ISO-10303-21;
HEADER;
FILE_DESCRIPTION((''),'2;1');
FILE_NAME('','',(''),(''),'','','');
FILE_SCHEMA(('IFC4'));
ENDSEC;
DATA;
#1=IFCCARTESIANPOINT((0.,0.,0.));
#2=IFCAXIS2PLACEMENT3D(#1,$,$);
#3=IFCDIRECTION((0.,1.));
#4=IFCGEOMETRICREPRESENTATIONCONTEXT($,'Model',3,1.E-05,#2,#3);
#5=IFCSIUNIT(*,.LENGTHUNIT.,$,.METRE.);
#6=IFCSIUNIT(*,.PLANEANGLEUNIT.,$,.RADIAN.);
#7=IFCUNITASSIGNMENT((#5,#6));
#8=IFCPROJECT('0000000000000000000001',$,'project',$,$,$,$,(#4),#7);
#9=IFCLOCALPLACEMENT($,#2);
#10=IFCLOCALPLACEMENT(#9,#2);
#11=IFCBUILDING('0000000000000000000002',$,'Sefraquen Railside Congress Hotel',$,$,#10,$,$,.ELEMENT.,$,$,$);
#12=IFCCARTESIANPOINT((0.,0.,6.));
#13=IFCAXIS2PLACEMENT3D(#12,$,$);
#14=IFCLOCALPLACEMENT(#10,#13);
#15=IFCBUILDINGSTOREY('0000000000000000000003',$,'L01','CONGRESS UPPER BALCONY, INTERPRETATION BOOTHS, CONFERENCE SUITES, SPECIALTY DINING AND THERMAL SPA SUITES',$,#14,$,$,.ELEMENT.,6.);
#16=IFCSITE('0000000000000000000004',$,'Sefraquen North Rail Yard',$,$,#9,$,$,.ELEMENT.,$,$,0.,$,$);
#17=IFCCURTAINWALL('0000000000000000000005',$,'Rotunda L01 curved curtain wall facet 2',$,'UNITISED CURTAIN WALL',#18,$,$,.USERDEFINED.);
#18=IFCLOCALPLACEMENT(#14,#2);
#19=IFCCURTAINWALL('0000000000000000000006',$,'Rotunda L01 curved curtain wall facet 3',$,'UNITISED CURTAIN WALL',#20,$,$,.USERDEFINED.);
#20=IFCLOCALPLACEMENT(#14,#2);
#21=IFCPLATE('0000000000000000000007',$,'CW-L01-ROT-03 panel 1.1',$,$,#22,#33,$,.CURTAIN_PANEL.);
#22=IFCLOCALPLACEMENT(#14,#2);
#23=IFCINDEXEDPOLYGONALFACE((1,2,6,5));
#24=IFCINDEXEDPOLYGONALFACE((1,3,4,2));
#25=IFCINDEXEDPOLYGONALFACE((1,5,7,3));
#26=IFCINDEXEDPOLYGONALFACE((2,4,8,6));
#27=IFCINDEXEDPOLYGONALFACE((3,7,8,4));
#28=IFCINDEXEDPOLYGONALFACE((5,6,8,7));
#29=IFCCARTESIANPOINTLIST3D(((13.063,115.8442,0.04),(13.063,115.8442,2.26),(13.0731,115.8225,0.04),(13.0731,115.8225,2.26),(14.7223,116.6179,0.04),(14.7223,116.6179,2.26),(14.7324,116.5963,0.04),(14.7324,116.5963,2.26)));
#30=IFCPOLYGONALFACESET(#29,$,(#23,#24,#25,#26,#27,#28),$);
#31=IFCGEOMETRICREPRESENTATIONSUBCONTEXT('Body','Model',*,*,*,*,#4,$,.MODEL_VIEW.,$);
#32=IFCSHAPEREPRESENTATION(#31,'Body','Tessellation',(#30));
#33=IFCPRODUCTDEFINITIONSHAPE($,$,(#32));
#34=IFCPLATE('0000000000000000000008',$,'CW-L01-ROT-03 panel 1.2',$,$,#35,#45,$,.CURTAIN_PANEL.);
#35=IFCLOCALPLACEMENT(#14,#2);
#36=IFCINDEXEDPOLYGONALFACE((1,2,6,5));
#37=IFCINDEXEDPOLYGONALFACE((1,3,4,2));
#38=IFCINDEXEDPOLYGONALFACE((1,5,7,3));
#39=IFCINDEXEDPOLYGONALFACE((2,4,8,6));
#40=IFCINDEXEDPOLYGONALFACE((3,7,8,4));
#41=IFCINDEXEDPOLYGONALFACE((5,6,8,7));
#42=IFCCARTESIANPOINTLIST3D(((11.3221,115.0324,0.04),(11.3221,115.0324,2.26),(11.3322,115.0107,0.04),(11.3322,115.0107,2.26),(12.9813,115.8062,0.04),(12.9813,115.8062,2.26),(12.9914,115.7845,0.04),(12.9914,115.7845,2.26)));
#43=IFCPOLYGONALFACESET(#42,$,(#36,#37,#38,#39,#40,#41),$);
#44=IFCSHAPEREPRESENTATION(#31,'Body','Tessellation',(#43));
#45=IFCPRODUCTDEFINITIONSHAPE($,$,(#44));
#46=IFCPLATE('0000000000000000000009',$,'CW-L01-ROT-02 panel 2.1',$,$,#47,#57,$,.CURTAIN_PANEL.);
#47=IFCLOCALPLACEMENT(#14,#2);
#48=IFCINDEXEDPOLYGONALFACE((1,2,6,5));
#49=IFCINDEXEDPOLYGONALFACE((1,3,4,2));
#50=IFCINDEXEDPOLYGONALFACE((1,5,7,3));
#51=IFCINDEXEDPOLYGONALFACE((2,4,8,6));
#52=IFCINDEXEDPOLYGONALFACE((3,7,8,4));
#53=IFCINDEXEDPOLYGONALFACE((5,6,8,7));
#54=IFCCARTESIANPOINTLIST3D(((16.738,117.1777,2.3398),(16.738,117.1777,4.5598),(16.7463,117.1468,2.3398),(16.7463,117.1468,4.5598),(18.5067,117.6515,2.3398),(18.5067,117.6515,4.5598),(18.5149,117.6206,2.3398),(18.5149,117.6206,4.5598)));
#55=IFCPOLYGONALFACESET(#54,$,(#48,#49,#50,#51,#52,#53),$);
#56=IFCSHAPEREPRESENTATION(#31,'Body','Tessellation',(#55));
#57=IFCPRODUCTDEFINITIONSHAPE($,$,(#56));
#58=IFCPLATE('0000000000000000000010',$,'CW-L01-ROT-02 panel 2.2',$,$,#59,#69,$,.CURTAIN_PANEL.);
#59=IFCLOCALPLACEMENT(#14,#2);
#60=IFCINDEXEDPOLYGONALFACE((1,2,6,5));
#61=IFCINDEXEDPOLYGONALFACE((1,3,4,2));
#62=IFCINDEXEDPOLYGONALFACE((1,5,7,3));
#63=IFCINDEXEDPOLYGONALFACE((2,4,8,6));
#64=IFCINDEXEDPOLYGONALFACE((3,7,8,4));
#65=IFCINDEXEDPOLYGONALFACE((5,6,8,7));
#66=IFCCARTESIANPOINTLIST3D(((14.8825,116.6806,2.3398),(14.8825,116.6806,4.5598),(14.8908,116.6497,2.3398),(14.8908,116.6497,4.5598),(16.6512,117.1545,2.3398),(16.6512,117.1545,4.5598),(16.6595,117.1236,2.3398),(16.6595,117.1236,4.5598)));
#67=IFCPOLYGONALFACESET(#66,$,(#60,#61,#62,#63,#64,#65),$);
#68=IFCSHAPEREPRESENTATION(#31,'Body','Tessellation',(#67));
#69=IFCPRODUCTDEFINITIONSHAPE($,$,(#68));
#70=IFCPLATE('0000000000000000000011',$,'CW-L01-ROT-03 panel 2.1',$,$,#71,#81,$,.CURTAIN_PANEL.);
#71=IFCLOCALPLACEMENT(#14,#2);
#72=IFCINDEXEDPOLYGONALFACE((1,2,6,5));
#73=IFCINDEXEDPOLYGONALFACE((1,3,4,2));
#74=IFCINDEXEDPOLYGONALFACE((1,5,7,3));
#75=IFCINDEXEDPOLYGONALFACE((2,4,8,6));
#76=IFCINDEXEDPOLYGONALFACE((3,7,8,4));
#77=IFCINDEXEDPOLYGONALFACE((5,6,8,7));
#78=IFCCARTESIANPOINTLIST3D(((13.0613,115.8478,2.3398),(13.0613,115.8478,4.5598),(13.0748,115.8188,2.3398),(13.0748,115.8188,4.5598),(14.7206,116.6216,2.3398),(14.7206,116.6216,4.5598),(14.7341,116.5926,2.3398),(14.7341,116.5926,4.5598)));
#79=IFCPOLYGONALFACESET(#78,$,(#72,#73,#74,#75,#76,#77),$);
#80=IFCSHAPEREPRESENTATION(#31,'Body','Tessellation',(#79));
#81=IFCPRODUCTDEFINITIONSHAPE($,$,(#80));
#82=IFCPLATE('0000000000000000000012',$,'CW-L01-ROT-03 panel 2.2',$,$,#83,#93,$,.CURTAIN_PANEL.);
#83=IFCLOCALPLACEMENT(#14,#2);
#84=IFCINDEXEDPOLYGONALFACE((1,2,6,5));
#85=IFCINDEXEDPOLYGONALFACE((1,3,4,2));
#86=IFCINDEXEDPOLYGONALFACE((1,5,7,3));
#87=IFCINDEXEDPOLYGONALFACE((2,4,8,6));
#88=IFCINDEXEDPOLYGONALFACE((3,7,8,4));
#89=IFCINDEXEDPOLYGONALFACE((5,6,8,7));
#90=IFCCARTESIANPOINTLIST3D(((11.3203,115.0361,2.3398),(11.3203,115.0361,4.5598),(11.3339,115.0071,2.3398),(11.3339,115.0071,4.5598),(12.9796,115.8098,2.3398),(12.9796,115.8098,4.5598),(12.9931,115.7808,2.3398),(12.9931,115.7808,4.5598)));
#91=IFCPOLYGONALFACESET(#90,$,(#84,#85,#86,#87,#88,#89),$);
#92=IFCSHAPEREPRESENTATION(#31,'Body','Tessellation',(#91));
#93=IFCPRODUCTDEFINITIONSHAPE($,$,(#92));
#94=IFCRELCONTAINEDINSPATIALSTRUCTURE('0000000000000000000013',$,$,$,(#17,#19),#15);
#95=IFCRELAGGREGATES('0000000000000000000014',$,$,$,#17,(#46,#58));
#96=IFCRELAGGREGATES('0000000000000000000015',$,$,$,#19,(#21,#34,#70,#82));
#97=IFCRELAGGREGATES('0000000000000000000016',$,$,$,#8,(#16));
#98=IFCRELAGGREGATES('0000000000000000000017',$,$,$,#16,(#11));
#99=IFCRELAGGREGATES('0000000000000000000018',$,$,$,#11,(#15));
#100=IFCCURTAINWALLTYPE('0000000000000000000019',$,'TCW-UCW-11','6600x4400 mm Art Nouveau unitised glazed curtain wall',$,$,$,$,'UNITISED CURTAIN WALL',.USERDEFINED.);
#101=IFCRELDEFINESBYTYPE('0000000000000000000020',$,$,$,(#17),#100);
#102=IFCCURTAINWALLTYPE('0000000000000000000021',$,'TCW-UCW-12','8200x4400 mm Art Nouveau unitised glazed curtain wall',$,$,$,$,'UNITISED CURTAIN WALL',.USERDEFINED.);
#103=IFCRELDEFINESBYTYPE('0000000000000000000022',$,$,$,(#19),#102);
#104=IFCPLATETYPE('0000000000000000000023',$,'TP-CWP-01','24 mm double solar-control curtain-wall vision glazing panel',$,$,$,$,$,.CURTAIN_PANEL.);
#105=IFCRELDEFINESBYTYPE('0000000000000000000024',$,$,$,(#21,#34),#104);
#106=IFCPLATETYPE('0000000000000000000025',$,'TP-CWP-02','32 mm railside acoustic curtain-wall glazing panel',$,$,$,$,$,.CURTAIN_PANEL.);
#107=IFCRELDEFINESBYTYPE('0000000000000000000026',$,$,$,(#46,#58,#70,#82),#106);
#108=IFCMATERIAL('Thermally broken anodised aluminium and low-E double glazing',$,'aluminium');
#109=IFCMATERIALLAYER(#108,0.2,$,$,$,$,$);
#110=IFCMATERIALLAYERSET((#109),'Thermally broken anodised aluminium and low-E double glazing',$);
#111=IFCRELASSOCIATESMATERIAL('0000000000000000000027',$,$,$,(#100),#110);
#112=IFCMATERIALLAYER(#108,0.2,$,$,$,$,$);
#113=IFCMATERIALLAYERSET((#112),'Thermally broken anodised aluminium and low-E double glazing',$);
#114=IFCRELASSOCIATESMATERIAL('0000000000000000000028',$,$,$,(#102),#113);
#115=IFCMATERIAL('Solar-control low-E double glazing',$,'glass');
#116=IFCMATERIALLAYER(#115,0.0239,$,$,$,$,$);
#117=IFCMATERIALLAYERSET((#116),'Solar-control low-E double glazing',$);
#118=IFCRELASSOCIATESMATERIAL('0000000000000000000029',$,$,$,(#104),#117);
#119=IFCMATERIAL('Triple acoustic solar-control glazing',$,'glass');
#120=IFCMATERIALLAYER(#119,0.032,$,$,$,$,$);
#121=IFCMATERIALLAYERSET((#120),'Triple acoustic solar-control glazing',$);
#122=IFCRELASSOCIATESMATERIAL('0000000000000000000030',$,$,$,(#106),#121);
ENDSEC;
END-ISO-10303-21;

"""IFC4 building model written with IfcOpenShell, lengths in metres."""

from ifc_helpers import new_model, si_unit, direction, frame, origin, origin_2d, place, context, subcontext, project, spatial, rectangle, extrude, material, layer, layer_set, type_object, element, aggregate, save


model = new_model("IFC4")

# Units and contexts
model_context = context("Model", 3, precision=1e-05, world=origin(), true_north=direction((0.0, 1.0)))
body_context = subcontext(model_context, "Body", "Model", "MODEL_VIEW")
ifc_project = project(units=[si_unit("LENGTHUNIT", "METRE"), si_unit("PLANEANGLEUNIT", "RADIAN")], contexts=[model_context])

# Site, building, storey
site_placement = place(None, origin())
site = spatial("IfcSite", under=ifc_project, at=site_placement, Name="Sefraquen North Rail Yard", CompositionType="ELEMENT", RefElevation=0.0)
building_placement = place(site_placement, origin())
building = spatial("IfcBuilding", under=site, at=building_placement, Name="Sefraquen Railside Congress Hotel", CompositionType="ELEMENT")
storey_placement = place(building_placement, frame((0.0, 0.0, 6.0)))
storey = spatial("IfcBuildingStorey", under=building, at=storey_placement, Name="L01", Description="CONGRESS UPPER BALCONY, INTERPRETATION BOOTHS, CONFERENCE SUITES, SPECIALTY DINING AND THERMAL SPA SUITES", CompositionType="ELEMENT", Elevation=6.0)

# Curtain walls
ifc_material_1 = material(Name="Thermally broken anodised aluminium and low-E double glazing", Category="aluminium")
ifc_layer_1 = layer(ifc_material_1, 0.2)
ifc_layer_set_1 = layer_set([ifc_layer_1], Name="Thermally broken anodised aluminium and low-E double glazing")
curtain_wall_type_1 = type_object("IfcCurtainWallType", Name="TCW-UCW-11", Description="6600x4400 mm Art Nouveau unitised glazed curtain wall", ElementType="UNITISED CURTAIN WALL", PredefinedType="USERDEFINED", material=ifc_layer_set_1)
curtain_wall_1_placement = place(storey_placement, origin())
curtain_wall_1 = element("IfcCurtainWall", 1, at=curtain_wall_1_placement, inside=storey, type_object=curtain_wall_type_1, Name="Rotunda L01 curved curtain wall facet 2", ObjectType="UNITISED CURTAIN WALL", PredefinedType="USERDEFINED")
ifc_layer_2 = layer(ifc_material_1, 0.2)
ifc_layer_set_2 = layer_set([ifc_layer_2], Name="Thermally broken anodised aluminium and low-E double glazing")
curtain_wall_type_2 = type_object("IfcCurtainWallType", Name="TCW-UCW-12", Description="8200x4400 mm Art Nouveau unitised glazed curtain wall", ElementType="UNITISED CURTAIN WALL", PredefinedType="USERDEFINED", material=ifc_layer_set_2)
curtain_wall_2_placement = place(storey_placement, origin())
curtain_wall_2 = element("IfcCurtainWall", 2, at=curtain_wall_2_placement, inside=storey, type_object=curtain_wall_type_2, Name="Rotunda L01 curved curtain wall facet 3", ObjectType="UNITISED CURTAIN WALL", PredefinedType="USERDEFINED")

# Plates
ifc_material_2 = material(Name="Solar-control low-E double glazing", Category="glass")
ifc_layer_3 = layer(ifc_material_2, 0.0239)
ifc_layer_set_3 = layer_set([ifc_layer_3], Name="Solar-control low-E double glazing")
plate_type_1 = type_object("IfcPlateType", Name="TP-CWP-01", Description="24 mm double solar-control curtain-wall vision glazing panel", PredefinedType="CURTAIN_PANEL", material=ifc_layer_set_3)
plate_1_placement = place(storey_placement, frame((13.8977, 116.2202, 0.04), z_axis=(0.0, 0.0, 1.0), x_axis=(-0.9063, -0.422634, 0.0)))
plate_1 = element("IfcPlate", 3, at=plate_1_placement, type_object=plate_type_1, Name="CW-L01-ROT-03 panel 1.1", PredefinedType="CURTAIN_PANEL", context=body_context, shape_type="SweptSolid", body=[
    extrude(rectangle(XDim=1.8308, YDim=0.0239, at=origin_2d()), origin(), (0.0, 0.0, 1.0), 2.22),
])
plate_2_placement = place(storey_placement, frame((12.1567, 115.4084, 0.04), z_axis=(0.0, 0.0, 1.0), x_axis=(-0.9063, -0.422634, 0.0)))
plate_2 = element("IfcPlate", 4, at=plate_2_placement, type_object=plate_type_1, Name="CW-L01-ROT-03 panel 1.2", PredefinedType="CURTAIN_PANEL", context=body_context, shape_type="SweptSolid", body=[
    extrude(rectangle(XDim=1.8308, YDim=0.0239, at=origin_2d()), origin(), (0.0, 0.0, 1.0), 2.22),
])
ifc_material_3 = material(Name="Triple acoustic solar-control glazing", Category="glass")
ifc_layer_4 = layer(ifc_material_3, 0.032)
ifc_layer_set_4 = layer_set([ifc_layer_4], Name="Triple acoustic solar-control glazing")
plate_type_2 = type_object("IfcPlateType", Name="TP-CWP-02", Description="32 mm railside acoustic curtain-wall glazing panel", PredefinedType="CURTAIN_PANEL", material=ifc_layer_set_4)
plate_3_placement = place(storey_placement, frame((17.6265, 117.3992, 2.3398), z_axis=(0.0, 0.0, 1.0), x_axis=(-0.965935, -0.258785, 0.0)))
plate_3 = element("IfcPlate", 5, at=plate_3_placement, type_object=plate_type_2, Name="CW-L01-ROT-02 panel 2.1", PredefinedType="CURTAIN_PANEL", context=body_context, shape_type="SweptSolid", body=[
    extrude(rectangle(XDim=1.8311, YDim=0.032, at=origin_2d()), origin(), (0.0, 0.0, 1.0), 2.22),
])
plate_4_placement = place(storey_placement, frame((15.771, 116.9021, 2.3398), z_axis=(0.0, 0.0, 1.0), x_axis=(-0.965935, -0.258785, 0.0)))
plate_4 = element("IfcPlate", 6, at=plate_4_placement, type_object=plate_type_2, Name="CW-L01-ROT-02 panel 2.2", PredefinedType="CURTAIN_PANEL", context=body_context, shape_type="SweptSolid", body=[
    extrude(rectangle(XDim=1.8311, YDim=0.032, at=origin_2d()), origin(), (0.0, 0.0, 1.0), 2.22),
])
aggregate(curtain_wall_1, [plate_3, plate_4])
plate_5_placement = place(storey_placement, frame((13.8977, 116.2202, 2.3398), z_axis=(0.0, 0.0, 1.0), x_axis=(-0.9063, -0.422634, 0.0)))
plate_5 = element("IfcPlate", 7, at=plate_5_placement, type_object=plate_type_2, Name="CW-L01-ROT-03 panel 2.1", PredefinedType="CURTAIN_PANEL", context=body_context, shape_type="SweptSolid", body=[
    extrude(rectangle(XDim=1.8308, YDim=0.032, at=origin_2d()), origin(), (0.0, 0.0, 1.0), 2.22),
])
plate_6_placement = place(storey_placement, frame((12.1567, 115.4084, 2.3398), z_axis=(0.0, 0.0, 1.0), x_axis=(-0.9063, -0.422634, 0.0)))
plate_6 = element("IfcPlate", 8, at=plate_6_placement, type_object=plate_type_2, Name="CW-L01-ROT-03 panel 2.2", PredefinedType="CURTAIN_PANEL", context=body_context, shape_type="SweptSolid", body=[
    extrude(rectangle(XDim=1.8308, YDim=0.032, at=origin_2d()), origin(), (0.0, 0.0, 1.0), 2.22),
])
aggregate(curtain_wall_2, [plate_1, plate_2, plate_5, plate_6])

save(model, "model.ifc")
